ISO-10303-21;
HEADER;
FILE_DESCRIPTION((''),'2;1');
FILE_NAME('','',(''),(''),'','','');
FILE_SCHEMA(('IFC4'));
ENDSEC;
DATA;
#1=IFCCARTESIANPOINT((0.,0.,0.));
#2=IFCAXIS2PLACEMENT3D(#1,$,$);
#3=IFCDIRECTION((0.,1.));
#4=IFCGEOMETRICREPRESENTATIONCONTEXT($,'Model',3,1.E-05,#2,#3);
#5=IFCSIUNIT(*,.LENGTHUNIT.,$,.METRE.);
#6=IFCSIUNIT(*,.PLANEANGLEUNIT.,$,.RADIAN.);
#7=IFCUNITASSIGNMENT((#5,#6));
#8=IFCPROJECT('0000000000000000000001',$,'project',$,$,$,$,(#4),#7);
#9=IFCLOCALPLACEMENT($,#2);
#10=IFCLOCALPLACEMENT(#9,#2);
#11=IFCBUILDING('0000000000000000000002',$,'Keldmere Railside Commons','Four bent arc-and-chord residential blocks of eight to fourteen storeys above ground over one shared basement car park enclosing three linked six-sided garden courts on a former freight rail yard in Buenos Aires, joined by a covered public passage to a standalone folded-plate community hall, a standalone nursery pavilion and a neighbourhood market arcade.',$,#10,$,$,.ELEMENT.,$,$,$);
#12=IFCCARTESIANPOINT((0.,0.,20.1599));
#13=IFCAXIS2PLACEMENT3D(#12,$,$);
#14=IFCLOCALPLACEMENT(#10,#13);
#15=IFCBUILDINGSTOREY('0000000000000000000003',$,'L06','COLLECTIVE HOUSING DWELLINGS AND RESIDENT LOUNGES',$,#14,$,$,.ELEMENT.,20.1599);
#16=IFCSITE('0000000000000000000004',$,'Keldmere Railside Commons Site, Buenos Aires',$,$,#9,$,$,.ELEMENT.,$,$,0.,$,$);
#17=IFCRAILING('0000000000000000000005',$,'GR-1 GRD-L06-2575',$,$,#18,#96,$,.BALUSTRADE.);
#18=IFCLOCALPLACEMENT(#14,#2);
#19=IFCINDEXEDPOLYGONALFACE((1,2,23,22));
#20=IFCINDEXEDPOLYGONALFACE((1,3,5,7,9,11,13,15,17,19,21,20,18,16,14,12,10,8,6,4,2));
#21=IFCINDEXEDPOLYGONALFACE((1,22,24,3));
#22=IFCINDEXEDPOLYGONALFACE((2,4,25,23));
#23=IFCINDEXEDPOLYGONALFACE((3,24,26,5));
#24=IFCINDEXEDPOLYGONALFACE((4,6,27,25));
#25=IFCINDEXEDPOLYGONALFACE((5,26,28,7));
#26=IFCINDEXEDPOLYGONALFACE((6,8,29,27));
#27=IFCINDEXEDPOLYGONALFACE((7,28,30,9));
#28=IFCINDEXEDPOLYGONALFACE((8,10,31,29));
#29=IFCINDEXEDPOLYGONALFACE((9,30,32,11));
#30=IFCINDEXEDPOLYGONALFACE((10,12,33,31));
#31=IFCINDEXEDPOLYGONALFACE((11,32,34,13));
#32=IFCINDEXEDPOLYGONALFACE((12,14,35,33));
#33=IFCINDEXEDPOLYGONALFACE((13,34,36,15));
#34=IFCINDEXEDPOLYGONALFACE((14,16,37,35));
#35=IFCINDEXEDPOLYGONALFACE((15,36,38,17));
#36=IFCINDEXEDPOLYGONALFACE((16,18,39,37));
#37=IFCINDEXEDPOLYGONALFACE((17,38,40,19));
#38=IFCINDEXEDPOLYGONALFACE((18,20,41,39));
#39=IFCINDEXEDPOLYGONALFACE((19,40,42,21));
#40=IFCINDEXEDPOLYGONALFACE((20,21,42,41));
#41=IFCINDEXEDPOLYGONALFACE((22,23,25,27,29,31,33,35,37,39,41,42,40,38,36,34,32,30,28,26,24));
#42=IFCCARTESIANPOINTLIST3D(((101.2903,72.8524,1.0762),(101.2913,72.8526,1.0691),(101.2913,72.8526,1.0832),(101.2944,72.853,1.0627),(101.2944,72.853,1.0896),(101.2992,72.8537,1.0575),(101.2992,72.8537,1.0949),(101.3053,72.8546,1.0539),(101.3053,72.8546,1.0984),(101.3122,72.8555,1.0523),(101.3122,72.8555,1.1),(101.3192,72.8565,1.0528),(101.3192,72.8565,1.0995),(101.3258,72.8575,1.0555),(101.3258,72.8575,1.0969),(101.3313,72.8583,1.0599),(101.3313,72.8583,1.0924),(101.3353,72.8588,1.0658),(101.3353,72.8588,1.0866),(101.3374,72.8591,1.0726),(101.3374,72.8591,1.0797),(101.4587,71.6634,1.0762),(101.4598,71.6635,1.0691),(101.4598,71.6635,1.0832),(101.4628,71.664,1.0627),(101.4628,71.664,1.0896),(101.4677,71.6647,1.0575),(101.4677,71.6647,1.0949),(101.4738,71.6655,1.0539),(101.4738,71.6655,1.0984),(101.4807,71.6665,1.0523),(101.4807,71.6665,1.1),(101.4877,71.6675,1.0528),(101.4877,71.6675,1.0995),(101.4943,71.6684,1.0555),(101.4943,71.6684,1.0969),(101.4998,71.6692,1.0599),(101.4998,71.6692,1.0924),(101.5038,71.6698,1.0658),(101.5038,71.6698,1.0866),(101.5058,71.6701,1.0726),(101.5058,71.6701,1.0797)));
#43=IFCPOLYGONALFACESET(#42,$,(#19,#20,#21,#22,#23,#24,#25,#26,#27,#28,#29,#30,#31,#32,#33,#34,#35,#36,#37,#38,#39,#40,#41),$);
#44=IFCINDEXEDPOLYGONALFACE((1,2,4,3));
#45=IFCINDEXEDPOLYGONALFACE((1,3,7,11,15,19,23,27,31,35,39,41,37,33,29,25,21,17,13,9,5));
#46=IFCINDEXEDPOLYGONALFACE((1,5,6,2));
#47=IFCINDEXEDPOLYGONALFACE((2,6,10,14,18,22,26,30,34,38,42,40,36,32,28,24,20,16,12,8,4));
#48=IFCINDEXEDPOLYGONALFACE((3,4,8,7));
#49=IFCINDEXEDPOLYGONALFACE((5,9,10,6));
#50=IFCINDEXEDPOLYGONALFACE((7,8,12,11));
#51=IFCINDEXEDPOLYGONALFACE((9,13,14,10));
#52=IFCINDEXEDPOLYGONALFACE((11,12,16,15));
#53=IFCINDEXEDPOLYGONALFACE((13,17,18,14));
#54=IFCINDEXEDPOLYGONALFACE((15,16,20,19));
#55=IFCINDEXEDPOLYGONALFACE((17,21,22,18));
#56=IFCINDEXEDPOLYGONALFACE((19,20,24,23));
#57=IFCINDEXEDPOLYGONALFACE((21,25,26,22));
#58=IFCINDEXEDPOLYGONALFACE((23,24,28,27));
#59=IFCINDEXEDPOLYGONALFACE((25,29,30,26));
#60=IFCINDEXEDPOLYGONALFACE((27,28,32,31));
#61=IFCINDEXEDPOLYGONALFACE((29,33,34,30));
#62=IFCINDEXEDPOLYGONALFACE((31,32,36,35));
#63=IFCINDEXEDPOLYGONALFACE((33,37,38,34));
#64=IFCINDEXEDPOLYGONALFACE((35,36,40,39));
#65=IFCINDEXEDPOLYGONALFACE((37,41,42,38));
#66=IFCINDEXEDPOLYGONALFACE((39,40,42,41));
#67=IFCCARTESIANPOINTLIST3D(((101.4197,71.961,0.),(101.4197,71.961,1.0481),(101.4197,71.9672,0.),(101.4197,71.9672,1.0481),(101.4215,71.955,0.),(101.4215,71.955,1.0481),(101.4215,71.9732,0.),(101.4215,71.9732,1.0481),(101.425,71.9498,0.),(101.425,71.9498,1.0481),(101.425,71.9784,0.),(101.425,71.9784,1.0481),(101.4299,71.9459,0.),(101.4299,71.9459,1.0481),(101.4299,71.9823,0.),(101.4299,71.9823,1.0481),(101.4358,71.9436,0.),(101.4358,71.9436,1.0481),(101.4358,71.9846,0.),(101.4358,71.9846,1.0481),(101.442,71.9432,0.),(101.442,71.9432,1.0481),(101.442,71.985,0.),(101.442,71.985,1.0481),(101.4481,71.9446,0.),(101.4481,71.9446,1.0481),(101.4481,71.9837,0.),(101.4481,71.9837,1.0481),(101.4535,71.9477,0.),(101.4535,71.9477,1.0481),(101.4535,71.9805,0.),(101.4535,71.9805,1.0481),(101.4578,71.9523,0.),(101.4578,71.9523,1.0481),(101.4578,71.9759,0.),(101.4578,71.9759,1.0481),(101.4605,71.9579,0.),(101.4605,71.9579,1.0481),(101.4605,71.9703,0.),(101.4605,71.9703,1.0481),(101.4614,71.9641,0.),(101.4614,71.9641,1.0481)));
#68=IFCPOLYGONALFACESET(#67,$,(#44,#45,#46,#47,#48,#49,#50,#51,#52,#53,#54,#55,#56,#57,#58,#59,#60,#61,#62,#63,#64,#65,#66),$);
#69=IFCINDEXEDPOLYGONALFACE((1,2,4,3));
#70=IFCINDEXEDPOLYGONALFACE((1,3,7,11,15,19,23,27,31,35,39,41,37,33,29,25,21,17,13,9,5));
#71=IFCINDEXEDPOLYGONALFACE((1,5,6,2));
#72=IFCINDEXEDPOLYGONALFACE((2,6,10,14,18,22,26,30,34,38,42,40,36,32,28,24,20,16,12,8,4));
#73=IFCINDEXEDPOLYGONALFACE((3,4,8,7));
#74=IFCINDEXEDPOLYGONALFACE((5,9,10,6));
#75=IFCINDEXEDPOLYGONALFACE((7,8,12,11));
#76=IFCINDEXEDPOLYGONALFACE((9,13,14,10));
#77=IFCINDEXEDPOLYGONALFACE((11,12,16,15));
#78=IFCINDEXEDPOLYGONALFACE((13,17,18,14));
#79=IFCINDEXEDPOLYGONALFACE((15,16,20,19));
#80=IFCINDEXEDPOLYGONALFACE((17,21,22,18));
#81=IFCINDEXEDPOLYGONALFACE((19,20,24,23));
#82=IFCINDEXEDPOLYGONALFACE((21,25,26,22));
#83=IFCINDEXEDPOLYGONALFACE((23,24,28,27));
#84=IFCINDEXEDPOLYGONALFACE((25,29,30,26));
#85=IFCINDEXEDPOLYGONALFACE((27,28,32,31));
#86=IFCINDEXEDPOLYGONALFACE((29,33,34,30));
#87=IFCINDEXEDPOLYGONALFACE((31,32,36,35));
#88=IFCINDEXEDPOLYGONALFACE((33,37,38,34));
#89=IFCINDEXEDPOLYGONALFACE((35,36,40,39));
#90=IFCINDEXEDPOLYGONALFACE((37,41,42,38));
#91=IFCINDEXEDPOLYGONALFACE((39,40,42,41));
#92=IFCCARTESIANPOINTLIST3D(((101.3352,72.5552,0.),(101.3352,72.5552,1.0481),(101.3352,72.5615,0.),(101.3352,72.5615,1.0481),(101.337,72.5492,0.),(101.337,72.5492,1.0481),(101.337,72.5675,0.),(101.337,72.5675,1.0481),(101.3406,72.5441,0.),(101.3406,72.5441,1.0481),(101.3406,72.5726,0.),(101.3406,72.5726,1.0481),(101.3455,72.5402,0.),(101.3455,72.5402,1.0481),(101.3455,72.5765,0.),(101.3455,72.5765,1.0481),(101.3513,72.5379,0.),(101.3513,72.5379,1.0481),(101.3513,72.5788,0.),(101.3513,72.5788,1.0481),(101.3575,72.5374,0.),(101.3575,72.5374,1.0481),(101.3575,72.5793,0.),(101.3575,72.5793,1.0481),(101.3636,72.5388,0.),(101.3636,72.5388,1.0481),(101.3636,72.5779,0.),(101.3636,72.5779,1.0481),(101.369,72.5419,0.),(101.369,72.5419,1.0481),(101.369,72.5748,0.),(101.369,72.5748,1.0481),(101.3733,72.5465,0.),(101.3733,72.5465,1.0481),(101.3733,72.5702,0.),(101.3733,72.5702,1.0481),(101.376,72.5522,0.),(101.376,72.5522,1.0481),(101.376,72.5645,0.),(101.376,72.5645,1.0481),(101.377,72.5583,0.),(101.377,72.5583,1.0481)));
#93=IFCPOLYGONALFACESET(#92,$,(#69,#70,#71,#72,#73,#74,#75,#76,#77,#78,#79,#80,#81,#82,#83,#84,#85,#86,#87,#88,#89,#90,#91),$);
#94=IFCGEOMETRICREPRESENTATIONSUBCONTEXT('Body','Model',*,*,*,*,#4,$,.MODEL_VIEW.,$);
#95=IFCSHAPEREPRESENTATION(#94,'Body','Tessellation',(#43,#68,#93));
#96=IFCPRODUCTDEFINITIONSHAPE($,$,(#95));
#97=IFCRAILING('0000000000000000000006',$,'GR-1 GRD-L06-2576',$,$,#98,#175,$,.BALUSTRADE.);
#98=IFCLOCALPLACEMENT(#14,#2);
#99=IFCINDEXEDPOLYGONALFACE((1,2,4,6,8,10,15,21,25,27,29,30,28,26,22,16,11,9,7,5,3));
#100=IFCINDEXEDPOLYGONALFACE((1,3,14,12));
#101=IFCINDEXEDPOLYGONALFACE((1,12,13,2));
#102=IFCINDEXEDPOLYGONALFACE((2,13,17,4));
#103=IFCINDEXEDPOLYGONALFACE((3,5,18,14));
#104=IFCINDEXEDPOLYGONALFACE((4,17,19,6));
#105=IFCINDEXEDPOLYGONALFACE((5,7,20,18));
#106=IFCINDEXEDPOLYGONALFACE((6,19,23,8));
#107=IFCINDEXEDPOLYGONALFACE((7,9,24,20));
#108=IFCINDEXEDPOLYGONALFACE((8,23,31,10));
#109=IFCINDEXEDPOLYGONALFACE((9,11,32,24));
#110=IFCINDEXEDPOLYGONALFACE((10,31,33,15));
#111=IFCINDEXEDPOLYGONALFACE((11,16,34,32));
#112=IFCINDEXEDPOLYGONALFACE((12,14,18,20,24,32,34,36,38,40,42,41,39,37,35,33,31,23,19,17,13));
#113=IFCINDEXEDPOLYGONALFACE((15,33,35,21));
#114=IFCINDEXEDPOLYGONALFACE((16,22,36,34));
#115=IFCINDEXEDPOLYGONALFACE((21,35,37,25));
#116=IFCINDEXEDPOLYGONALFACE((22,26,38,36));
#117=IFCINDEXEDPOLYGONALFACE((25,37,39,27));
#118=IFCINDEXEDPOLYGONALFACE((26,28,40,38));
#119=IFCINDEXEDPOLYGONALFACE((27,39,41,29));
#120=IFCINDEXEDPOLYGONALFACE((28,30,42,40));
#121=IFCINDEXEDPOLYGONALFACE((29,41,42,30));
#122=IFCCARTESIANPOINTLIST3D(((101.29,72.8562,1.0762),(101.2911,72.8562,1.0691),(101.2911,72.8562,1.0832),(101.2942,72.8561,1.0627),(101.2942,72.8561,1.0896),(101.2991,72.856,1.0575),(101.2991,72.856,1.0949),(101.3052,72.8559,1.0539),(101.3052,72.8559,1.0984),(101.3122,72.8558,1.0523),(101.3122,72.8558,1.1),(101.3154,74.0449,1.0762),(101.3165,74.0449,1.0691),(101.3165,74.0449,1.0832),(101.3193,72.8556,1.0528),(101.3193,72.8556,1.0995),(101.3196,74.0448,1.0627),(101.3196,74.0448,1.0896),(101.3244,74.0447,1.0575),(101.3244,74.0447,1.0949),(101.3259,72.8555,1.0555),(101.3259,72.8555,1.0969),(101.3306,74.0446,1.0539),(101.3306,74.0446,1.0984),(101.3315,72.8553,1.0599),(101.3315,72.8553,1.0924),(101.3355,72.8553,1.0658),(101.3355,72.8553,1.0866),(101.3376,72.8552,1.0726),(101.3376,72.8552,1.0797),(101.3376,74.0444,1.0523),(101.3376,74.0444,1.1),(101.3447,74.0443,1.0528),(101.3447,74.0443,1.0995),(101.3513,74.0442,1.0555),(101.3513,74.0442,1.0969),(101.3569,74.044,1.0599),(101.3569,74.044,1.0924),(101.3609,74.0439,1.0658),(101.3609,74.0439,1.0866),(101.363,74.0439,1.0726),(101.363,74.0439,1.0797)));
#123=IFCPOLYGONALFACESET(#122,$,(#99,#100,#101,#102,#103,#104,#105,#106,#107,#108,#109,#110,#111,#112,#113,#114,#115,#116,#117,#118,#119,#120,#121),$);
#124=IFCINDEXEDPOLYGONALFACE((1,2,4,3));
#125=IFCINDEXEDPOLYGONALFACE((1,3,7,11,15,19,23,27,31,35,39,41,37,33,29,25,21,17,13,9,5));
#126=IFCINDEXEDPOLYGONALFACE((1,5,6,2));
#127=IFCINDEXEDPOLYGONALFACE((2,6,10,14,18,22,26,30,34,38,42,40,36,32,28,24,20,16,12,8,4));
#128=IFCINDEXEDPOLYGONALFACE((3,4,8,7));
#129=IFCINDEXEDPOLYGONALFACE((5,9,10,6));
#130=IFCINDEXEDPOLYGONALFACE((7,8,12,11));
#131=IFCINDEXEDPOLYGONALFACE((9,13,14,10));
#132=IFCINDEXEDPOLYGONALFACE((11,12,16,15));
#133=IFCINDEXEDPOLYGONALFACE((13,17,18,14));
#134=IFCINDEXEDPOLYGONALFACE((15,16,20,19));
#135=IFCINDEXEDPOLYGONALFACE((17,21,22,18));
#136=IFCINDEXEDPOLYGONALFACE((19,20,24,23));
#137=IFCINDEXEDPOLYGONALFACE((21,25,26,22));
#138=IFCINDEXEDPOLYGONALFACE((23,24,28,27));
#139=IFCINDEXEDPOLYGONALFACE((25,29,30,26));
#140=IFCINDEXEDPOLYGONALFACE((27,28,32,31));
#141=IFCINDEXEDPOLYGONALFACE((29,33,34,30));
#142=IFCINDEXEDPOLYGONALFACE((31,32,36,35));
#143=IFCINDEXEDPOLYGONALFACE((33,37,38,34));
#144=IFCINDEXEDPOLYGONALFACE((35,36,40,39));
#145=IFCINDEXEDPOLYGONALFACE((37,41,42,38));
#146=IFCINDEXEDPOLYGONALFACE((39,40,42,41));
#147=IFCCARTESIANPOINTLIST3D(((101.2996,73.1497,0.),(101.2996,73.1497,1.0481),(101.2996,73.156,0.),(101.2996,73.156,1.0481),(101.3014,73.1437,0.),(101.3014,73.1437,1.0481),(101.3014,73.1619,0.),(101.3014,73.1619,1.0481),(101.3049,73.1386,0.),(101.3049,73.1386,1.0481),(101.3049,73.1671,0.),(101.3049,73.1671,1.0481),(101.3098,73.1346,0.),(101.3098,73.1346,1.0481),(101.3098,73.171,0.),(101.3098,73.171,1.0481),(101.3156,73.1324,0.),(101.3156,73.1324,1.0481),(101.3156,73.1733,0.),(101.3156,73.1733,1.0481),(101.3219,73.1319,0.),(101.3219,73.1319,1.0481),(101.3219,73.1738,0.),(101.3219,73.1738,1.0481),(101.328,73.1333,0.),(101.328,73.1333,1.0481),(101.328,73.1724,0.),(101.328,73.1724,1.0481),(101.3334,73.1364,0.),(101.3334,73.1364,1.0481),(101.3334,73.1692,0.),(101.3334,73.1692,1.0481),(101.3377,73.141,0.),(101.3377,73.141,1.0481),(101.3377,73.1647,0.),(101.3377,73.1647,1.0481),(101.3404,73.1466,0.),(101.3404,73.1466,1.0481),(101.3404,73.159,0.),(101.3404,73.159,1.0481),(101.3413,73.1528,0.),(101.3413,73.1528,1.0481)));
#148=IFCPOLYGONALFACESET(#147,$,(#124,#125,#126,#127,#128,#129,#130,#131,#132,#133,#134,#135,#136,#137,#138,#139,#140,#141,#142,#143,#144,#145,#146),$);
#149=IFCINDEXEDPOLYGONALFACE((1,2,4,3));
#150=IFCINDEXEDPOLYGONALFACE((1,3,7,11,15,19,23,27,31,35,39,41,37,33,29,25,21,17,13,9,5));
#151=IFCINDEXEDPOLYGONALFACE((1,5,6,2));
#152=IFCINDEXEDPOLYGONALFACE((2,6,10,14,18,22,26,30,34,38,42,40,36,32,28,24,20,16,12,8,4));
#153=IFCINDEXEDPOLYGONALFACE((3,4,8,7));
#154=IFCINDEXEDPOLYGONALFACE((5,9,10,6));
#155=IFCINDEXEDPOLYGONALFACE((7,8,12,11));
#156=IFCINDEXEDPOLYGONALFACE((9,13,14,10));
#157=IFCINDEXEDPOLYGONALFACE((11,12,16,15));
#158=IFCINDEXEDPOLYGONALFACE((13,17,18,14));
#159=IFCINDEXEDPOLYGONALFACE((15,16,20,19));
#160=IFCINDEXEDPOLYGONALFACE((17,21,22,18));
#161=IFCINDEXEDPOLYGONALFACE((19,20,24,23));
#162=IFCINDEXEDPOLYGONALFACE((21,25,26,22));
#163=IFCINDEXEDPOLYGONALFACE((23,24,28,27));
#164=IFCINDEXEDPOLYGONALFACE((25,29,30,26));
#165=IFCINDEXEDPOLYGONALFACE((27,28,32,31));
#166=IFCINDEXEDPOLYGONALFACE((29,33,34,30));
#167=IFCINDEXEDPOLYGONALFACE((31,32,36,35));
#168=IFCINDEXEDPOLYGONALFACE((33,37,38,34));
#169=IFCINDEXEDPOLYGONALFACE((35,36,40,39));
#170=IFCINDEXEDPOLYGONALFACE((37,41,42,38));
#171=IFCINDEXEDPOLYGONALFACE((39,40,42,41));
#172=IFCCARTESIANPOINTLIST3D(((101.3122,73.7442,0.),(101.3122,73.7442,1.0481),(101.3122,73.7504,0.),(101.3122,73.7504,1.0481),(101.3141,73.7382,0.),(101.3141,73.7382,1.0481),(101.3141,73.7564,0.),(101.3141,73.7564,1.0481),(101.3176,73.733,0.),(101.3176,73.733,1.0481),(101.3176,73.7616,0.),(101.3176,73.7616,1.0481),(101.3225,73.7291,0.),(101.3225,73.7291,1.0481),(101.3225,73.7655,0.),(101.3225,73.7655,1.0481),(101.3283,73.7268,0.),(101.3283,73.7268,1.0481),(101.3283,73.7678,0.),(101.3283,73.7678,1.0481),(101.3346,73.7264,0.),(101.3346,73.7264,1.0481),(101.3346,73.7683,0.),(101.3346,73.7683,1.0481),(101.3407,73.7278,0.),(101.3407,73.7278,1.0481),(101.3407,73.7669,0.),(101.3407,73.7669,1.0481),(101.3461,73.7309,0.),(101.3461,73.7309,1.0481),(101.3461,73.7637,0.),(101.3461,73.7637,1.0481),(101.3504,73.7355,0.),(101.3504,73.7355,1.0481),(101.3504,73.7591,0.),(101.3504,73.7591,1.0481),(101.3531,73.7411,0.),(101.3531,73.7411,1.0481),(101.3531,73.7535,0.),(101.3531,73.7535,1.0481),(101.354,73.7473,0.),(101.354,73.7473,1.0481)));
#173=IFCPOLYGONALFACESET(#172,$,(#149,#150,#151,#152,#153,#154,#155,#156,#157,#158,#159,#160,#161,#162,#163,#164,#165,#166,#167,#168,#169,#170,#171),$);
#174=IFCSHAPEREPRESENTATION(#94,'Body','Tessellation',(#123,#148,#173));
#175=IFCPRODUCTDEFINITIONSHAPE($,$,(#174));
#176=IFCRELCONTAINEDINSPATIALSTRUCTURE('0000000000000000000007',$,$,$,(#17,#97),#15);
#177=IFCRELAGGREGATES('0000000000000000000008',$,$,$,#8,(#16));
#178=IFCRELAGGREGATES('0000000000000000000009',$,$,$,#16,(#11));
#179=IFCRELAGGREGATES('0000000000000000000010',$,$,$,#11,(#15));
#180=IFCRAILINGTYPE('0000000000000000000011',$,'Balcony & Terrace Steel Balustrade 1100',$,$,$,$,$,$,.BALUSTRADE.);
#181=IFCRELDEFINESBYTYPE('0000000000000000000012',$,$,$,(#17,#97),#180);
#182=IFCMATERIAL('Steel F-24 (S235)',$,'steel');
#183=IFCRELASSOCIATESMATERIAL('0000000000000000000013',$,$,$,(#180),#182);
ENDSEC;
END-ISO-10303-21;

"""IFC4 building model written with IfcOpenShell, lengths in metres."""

from ifc_helpers import new_model, si_unit, direction, frame, origin, origin_2d, place, context, subcontext, project, spatial, circle, extrude, material, type_object, element, save


model = new_model("IFC4")

# Units and contexts
model_context = context("Model", 3, precision=1e-05, world=origin(), true_north=direction((0.0, 1.0)))
body_context = subcontext(model_context, "Body", "Model", "MODEL_VIEW")
ifc_project = project(units=[si_unit("LENGTHUNIT", "METRE"), si_unit("PLANEANGLEUNIT", "RADIAN")], contexts=[model_context])

# Site, building, storey
site_placement = place(None, origin())
site = spatial("IfcSite", under=ifc_project, at=site_placement, Name="Keldmere Railside Commons Site, Buenos Aires", CompositionType="ELEMENT", RefElevation=0.0)
building_placement = place(site_placement, origin())
building = spatial("IfcBuilding", under=site, at=building_placement, Name="Keldmere Railside Commons", Description="Four bent arc-and-chord residential blocks of eight to fourteen storeys above ground over one shared basement car park enclosing three linked six-sided garden courts on a former freight rail yard in Buenos Aires, joined by a covered public passage to a standalone folded-plate community hall, a standalone nursery pavilion and a neighbourhood market arcade.", CompositionType="ELEMENT")
storey_placement = place(building_placement, frame((0.0, 0.0, 20.1599)))
storey = spatial("IfcBuildingStorey", under=building, at=storey_placement, Name="L06", Description="COLLECTIVE HOUSING DWELLINGS AND RESIDENT LOUNGES", CompositionType="ELEMENT", Elevation=20.1599)

# Shared definitions
ifc_material_1 = material(Name="Steel F-24 (S235)", Category="steel")

# Railings
railing_type_1 = type_object("IfcRailingType", Name="Balcony & Terrace Steel Balustrade 1100", PredefinedType="BALUSTRADE", material=ifc_material_1)
railing_1_placement = place(storey_placement, frame((101.4824, 71.6667, 0.0)))
element("IfcRailing", 1, at=railing_1_placement, inside=storey, type_object=railing_type_1, Name="GR-1 GRD-L06-2575", PredefinedType="BALUSTRADE", context=body_context, shape_type="SweptSolid", body=[
    extrude(circle(Radius=0.0239, at=origin_2d()), frame((0.0, 0.0, 1.0762), z_axis=(-0.140283, 0.990111, 0.0), x_axis=(-0.990111, -0.140283, 0.0)), (0.0, 0.0, 1.0), 1.2009),
    extrude(circle(Radius=0.021, at=origin_2d()), frame((-0.042, 0.2974, 0.0)), (0.0, 0.0, 1.0), 1.0481),
    extrude(circle(Radius=0.021, at=origin_2d()), frame((-0.1265, 0.8916, 0.0)), (0.0, 0.0, 1.0), 1.0481),
])
railing_2_placement = place(storey_placement, frame((101.314, 72.8557, 0.0)))
element("IfcRailing", 2, at=railing_2_placement, inside=storey, type_object=railing_type_1, Name="GR-1 GRD-L06-2576", PredefinedType="BALUSTRADE", context=body_context, shape_type="SweptSolid", body=[
    extrude(circle(Radius=0.0239, at=origin_2d()), frame((0.0, 0.0, 1.0762), z_axis=(0.021355, 0.999772, 0.0), x_axis=(-0.999772, 0.021355, 0.0)), (0.0, 0.0, 1.0), 1.189),
    extrude(circle(Radius=0.021, at=origin_2d()), frame((0.0063, 0.2971, 0.0)), (0.0, 0.0, 1.0), 1.0481),
    extrude(circle(Radius=0.021, at=origin_2d()), frame((0.019, 0.8916, 0.0)), (0.0, 0.0, 1.0), 1.0481),
])

save(model, "model.ifc")
